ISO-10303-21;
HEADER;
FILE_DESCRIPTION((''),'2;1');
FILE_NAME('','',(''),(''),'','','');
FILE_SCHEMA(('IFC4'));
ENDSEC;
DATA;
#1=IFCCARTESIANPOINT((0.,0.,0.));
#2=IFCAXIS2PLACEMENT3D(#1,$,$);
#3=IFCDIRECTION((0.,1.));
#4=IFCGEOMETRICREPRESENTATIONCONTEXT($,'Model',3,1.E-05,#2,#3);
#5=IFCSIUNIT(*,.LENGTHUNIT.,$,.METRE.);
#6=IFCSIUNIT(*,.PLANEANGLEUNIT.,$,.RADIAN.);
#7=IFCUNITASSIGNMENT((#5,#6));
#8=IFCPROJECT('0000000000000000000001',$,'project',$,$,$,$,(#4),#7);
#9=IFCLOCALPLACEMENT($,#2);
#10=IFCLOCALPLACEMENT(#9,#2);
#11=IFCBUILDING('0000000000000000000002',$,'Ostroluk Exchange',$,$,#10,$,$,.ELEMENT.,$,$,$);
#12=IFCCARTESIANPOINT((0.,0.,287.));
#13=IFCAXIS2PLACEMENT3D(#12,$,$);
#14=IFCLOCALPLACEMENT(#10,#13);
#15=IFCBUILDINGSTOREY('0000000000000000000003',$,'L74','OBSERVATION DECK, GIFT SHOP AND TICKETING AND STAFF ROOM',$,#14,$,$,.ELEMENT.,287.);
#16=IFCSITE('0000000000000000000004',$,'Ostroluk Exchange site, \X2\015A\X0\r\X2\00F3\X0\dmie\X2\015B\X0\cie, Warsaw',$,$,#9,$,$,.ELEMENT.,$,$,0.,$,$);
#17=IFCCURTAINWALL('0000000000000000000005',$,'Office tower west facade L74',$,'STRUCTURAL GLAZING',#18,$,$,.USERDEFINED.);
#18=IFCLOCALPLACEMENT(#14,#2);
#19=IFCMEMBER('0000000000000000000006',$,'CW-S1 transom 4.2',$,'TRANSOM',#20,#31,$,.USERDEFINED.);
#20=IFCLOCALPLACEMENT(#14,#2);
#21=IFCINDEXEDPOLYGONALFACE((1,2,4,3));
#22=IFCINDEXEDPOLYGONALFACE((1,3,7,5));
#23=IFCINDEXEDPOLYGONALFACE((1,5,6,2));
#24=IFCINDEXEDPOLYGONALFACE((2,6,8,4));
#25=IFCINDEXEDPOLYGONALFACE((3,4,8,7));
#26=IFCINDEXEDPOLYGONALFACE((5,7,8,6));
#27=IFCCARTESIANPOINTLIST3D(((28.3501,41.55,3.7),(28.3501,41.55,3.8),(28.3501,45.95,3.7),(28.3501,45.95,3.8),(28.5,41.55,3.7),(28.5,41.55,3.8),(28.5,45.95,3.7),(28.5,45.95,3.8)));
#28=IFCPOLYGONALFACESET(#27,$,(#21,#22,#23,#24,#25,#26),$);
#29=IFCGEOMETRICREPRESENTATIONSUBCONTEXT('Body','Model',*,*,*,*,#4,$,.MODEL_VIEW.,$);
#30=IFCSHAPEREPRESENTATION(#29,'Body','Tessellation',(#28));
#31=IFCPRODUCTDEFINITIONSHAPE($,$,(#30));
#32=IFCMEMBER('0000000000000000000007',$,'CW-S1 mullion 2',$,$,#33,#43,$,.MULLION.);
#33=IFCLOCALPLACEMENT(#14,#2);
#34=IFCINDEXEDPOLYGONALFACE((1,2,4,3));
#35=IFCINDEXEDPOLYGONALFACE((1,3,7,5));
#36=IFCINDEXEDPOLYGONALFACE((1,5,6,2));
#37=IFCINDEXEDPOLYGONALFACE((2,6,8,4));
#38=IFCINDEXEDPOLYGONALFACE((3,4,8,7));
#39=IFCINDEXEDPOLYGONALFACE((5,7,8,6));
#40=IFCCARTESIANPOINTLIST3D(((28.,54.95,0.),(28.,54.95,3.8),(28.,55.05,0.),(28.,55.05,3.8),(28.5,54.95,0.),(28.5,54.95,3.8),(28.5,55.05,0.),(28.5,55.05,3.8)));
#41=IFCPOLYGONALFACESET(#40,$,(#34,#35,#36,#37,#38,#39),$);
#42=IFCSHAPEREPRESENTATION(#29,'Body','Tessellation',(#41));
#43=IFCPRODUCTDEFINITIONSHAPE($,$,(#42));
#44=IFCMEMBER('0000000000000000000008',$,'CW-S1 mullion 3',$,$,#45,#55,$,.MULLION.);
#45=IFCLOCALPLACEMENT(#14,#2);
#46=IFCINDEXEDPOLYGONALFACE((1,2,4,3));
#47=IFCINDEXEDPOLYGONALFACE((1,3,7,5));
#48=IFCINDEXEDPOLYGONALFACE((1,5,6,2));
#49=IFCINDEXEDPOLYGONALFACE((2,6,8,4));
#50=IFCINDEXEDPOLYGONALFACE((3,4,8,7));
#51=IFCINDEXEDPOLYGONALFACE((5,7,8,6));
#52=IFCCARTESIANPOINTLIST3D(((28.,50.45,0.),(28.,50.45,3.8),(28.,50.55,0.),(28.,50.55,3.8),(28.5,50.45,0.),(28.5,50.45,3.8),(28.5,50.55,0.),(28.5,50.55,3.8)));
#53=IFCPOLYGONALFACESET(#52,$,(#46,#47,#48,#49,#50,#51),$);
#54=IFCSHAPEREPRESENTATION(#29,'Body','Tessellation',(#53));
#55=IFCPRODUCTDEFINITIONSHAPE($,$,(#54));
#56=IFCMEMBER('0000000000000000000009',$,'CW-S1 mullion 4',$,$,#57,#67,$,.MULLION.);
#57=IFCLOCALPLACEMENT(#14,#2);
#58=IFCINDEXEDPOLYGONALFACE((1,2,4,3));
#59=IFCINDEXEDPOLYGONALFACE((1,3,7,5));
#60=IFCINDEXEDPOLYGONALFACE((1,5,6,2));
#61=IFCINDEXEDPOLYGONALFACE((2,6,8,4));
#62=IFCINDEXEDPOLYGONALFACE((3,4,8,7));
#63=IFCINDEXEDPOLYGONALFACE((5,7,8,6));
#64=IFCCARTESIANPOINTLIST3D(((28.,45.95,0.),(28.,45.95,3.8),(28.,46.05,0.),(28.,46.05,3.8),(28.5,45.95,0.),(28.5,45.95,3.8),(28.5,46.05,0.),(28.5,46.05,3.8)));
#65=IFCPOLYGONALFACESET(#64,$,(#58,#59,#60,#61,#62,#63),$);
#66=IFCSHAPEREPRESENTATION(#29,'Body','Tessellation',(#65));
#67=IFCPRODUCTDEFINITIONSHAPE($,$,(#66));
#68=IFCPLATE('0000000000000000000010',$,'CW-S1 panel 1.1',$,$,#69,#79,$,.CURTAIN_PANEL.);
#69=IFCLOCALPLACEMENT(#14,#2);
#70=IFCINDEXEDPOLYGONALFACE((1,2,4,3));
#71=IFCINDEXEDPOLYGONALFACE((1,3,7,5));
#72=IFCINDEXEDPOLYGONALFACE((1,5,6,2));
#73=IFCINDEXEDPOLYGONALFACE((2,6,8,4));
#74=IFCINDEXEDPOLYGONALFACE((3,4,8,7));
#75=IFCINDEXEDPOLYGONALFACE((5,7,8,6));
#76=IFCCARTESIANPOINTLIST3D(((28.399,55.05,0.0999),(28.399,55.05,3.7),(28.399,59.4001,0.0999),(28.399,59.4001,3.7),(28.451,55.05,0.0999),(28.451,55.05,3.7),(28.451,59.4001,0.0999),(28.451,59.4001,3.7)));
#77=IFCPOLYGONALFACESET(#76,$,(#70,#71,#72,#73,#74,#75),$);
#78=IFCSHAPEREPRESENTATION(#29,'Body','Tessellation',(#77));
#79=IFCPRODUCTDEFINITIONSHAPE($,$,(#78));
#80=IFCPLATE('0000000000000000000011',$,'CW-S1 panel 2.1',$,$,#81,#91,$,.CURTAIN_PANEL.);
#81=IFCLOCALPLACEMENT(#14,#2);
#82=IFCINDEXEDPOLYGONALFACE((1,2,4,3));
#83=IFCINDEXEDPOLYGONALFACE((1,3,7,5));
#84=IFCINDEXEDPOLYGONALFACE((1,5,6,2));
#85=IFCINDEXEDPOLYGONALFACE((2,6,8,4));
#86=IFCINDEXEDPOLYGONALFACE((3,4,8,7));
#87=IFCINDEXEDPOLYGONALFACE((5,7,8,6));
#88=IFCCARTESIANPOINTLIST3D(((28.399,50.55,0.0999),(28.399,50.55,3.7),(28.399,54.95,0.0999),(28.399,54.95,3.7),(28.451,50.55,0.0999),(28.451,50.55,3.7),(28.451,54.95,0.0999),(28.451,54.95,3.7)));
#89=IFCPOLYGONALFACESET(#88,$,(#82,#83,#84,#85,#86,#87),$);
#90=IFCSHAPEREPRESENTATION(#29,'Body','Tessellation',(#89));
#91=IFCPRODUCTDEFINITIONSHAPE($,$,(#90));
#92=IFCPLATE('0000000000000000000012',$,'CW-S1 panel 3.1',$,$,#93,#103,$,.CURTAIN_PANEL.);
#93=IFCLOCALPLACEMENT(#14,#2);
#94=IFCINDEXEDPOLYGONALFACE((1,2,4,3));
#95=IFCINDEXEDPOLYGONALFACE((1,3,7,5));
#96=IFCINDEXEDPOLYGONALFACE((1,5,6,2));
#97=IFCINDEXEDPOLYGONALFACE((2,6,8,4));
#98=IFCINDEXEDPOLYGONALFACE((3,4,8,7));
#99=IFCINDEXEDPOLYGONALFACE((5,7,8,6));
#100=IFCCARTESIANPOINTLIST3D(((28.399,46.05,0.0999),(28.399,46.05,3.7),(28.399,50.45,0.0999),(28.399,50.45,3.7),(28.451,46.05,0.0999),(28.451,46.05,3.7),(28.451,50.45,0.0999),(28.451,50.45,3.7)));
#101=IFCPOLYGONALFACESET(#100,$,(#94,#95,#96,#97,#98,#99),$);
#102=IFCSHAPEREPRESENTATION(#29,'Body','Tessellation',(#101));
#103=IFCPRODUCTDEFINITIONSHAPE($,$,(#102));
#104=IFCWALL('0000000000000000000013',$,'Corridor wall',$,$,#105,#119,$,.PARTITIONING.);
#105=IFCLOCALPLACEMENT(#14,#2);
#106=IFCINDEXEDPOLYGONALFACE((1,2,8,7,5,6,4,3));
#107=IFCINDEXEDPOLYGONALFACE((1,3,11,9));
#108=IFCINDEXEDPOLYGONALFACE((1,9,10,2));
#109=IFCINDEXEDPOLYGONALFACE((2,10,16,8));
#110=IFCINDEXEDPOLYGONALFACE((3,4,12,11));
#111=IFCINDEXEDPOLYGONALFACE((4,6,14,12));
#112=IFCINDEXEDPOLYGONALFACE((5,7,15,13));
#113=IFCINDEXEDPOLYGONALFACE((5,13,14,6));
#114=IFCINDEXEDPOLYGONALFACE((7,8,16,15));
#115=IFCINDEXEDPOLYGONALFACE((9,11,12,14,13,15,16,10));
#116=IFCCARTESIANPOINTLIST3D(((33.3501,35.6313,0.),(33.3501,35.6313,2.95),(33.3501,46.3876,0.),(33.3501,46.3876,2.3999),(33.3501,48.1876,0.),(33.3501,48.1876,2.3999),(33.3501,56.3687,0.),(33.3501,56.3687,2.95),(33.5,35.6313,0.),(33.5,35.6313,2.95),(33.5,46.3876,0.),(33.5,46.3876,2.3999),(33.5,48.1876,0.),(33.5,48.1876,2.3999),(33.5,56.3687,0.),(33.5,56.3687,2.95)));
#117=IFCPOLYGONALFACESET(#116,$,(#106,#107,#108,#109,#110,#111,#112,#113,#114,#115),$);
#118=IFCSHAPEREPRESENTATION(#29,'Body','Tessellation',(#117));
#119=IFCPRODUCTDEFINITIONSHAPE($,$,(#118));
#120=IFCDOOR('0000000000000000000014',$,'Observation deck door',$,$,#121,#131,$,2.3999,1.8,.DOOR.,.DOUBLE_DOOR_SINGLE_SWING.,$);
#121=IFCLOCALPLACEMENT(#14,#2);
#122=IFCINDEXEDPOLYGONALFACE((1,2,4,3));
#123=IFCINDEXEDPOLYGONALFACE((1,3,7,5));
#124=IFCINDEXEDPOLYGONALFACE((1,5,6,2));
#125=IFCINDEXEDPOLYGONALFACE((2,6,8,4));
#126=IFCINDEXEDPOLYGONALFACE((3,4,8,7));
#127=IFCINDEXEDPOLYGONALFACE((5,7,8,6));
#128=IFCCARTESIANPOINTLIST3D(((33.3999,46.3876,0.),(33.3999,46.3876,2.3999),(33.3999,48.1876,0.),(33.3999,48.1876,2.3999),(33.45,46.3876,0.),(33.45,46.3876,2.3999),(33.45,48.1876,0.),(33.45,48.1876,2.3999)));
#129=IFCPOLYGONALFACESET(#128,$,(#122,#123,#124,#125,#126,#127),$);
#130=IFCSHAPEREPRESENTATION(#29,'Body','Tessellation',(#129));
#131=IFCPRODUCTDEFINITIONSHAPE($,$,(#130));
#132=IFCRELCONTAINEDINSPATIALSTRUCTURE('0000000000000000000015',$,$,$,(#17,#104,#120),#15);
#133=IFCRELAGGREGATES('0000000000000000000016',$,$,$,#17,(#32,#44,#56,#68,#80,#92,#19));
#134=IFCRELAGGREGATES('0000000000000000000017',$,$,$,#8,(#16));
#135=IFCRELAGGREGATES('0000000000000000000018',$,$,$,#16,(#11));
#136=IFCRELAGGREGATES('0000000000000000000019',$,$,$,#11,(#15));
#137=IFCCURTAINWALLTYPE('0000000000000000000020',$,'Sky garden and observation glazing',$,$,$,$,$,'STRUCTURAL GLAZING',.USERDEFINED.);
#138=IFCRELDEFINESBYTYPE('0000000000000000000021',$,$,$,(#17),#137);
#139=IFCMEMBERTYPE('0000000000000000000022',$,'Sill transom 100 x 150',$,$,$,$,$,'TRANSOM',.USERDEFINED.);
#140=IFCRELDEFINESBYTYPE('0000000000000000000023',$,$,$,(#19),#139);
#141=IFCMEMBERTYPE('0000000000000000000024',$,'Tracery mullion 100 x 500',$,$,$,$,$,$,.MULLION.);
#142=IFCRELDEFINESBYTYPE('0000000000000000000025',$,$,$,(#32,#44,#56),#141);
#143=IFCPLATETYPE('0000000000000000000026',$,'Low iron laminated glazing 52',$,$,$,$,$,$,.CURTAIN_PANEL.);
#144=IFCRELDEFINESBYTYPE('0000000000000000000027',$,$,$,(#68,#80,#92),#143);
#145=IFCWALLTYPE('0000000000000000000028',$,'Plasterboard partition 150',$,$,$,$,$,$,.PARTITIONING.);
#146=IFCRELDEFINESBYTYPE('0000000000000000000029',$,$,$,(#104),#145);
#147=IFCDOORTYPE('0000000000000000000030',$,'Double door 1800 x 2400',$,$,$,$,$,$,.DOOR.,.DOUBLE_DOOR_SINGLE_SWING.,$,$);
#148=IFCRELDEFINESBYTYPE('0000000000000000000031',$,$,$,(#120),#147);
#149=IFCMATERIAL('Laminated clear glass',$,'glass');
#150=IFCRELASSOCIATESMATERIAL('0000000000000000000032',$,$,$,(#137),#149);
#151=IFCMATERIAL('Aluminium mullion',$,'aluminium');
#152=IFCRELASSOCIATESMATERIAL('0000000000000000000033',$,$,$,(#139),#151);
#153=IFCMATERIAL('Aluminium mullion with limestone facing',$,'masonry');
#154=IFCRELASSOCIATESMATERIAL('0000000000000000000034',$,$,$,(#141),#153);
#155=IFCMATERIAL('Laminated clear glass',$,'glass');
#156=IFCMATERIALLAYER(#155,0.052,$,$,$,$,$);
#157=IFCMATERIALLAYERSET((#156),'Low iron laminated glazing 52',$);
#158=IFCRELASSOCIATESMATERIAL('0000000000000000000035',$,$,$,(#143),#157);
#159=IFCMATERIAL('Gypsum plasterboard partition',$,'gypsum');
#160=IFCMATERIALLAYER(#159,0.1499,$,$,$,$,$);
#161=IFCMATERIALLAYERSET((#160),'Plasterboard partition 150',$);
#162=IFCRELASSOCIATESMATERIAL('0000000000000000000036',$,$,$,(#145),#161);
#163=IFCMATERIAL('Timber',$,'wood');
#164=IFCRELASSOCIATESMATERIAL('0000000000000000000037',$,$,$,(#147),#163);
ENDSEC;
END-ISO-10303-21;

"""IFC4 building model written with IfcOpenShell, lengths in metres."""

from ifc_helpers import new_model, si_unit, direction, frame, frame_2d, origin, origin_2d, place, context, subcontext, project, spatial, rectangle, extrude, material, layer, layer_set, material_profile, profile_set, type_object, element, fill, aggregate, save


model = new_model("IFC4")

# Units and contexts
model_context = context("Model", 3, precision=1e-05, world=origin(), true_north=direction((0.0, 1.0)))
body_context = subcontext(model_context, "Body", "Model", "MODEL_VIEW")
ifc_project = project(units=[si_unit("LENGTHUNIT", "METRE"), si_unit("PLANEANGLEUNIT", "RADIAN")], contexts=[model_context])

# Site, building, storey
site_placement = place(None, origin())
site = spatial("IfcSite", under=ifc_project, at=site_placement, Name="Ostroluk Exchange site, Śródmieście, Warsaw", CompositionType="ELEMENT", RefElevation=0.0)
building_placement = place(site_placement, origin())
building = spatial("IfcBuilding", under=site, at=building_placement, Name="Ostroluk Exchange", CompositionType="ELEMENT")
storey_placement = place(building_placement, frame((0.0, 0.0, 287.0)))
storey = spatial("IfcBuildingStorey", under=building, at=storey_placement, Name="L74", Description="OBSERVATION DECK, GIFT SHOP AND TICKETING AND STAFF ROOM", CompositionType="ELEMENT", Elevation=287.0)

# Curtain wall, members, plates
ifc_material_1 = material(Name="Laminated clear glass", Category="glass")
curtain_wall_type = type_object("IfcCurtainWallType", Name="Sky garden and observation glazing", ElementType="STRUCTURAL GLAZING", PredefinedType="USERDEFINED", material=ifc_material_1)
curtain_wall_placement = place(storey_placement, origin())
curtain_wall = element("IfcCurtainWall", 1, at=curtain_wall_placement, inside=storey, type_object=curtain_wall_type, Name="Office tower west facade L74", ObjectType="STRUCTURAL GLAZING", PredefinedType="USERDEFINED")
ifc_material_2 = material(Name="Aluminium mullion", Category="aluminium")
ifc_material_profile_1 = material_profile(ifc_material_2, rectangle(XDim=0.1499, YDim=0.1001, at=origin_2d()), Name="Sill transom 100 x 150")
ifc_profile_set_1 = profile_set([ifc_material_profile_1], Name="Aluminium mullion")
member_type_1 = type_object("IfcMemberType", Name="Sill transom 100 x 150", ElementType="TRANSOM", PredefinedType="USERDEFINED", material=ifc_profile_set_1)
member_1_placement = place(storey_placement, frame((28.425, 45.95, 3.75), z_axis=(0.0, -1.0, 0.0), x_axis=(1.0, 0.0, 0.0)))
member_1 = element("IfcMember", 2, at=member_1_placement, type_object=member_type_1, Name="CW-S1 transom 4.2", ObjectType="TRANSOM", PredefinedType="USERDEFINED", context=body_context, shape_type="SweptSolid", body=[
    extrude(rectangle(XDim=0.1499, YDim=0.1001, at=origin_2d()), origin(), (0.0, 0.0, 1.0), 4.3999),
])
ifc_material_3 = material(Name="Aluminium mullion with limestone facing", Category="masonry")
ifc_material_profile_2 = material_profile(ifc_material_3, rectangle(XDim=0.5, YDim=0.1001, at=origin_2d()), Name="Tracery mullion 100 x 500")
ifc_profile_set_2 = profile_set([ifc_material_profile_2], Name="Aluminium mullion with limestone facing")
member_type_2 = type_object("IfcMemberType", Name="Tracery mullion 100 x 500", PredefinedType="MULLION", material=ifc_profile_set_2)
member_2_placement = place(storey_placement, frame((28.25, 55.0, 0.0), z_axis=(0.0, 0.0, 1.0), x_axis=(1.0, 0.0, 0.0)))
member_2 = element("IfcMember", 3, at=member_2_placement, type_object=member_type_2, Name="CW-S1 mullion 2", PredefinedType="MULLION", context=body_context, shape_type="SweptSolid", body=[
    extrude(rectangle(XDim=0.5, YDim=0.1001, at=origin_2d()), origin(), (0.0, 0.0, 1.0), 3.8),
])
member_3_placement = place(storey_placement, frame((28.25, 50.5, 0.0), z_axis=(0.0, 0.0, 1.0), x_axis=(1.0, 0.0, 0.0)))
member_3 = element("IfcMember", 4, at=member_3_placement, type_object=member_type_2, Name="CW-S1 mullion 3", PredefinedType="MULLION", context=body_context, shape_type="SweptSolid", body=[
    extrude(rectangle(XDim=0.5, YDim=0.1001, at=origin_2d()), origin(), (0.0, 0.0, 1.0), 3.8),
])
member_4_placement = place(storey_placement, frame((28.25, 46.0, 0.0), z_axis=(0.0, 0.0, 1.0), x_axis=(1.0, 0.0, 0.0)))
member_4 = element("IfcMember", 5, at=member_4_placement, type_object=member_type_2, Name="CW-S1 mullion 4", PredefinedType="MULLION", context=body_context, shape_type="SweptSolid", body=[
    extrude(rectangle(XDim=0.5, YDim=0.1001, at=origin_2d()), origin(), (0.0, 0.0, 1.0), 3.8),
])
ifc_material_4 = material(Name="Laminated clear glass", Category="glass")
ifc_layer_1 = layer(ifc_material_4, 0.052)
ifc_layer_set_1 = layer_set([ifc_layer_1], Name="Low iron laminated glazing 52")
plate_type = type_object("IfcPlateType", Name="Low iron laminated glazing 52", PredefinedType="CURTAIN_PANEL", material=ifc_layer_set_1)
plate_1_placement = place(storey_placement, frame((28.425, 57.2251, 0.0999), z_axis=(0.0, 0.0, 1.0), x_axis=(0.0, -1.0, 0.0)))
plate_1 = element("IfcPlate", 6, at=plate_1_placement, type_object=plate_type, Name="CW-S1 panel 1.1", PredefinedType="CURTAIN_PANEL", context=body_context, shape_type="SweptSolid", body=[
    extrude(rectangle(XDim=4.3501, YDim=0.052, at=origin_2d()), origin(), (0.0, 0.0, 1.0), 3.6001),
])
plate_2_placement = place(storey_placement, frame((28.425, 52.75, 0.0999), z_axis=(0.0, 0.0, 1.0), x_axis=(0.0, -1.0, 0.0)))
plate_2 = element("IfcPlate", 7, at=plate_2_placement, type_object=plate_type, Name="CW-S1 panel 2.1", PredefinedType="CURTAIN_PANEL", context=body_context, shape_type="SweptSolid", body=[
    extrude(rectangle(XDim=4.3999, YDim=0.052, at=origin_2d()), origin(), (0.0, 0.0, 1.0), 3.6001),
])
plate_3_placement = place(storey_placement, frame((28.425, 48.25, 0.0999), z_axis=(0.0, 0.0, 1.0), x_axis=(0.0, -1.0, 0.0)))
plate_3 = element("IfcPlate", 8, at=plate_3_placement, type_object=plate_type, Name="CW-S1 panel 3.1", PredefinedType="CURTAIN_PANEL", context=body_context, shape_type="SweptSolid", body=[
    extrude(rectangle(XDim=4.3999, YDim=0.052, at=origin_2d()), origin(), (0.0, 0.0, 1.0), 3.6001),
])
aggregate(curtain_wall, [member_2, member_3, member_4, plate_1, plate_2, plate_3, member_1])

# Wall, opening, door
ifc_material_5 = material(Name="Gypsum plasterboard partition", Category="gypsum")
ifc_layer_2 = layer(ifc_material_5, 0.1499)
ifc_layer_set_2 = layer_set([ifc_layer_2], Name="Plasterboard partition 150")
wall_type = type_object("IfcWallType", Name="Plasterboard partition 150", PredefinedType="PARTITIONING", material=ifc_layer_set_2)
wall_placement = place(storey_placement, frame((33.425, 56.3687, 0.0), z_axis=(0.0, 0.0, 1.0), x_axis=(0.0, -1.0, 0.0)))
wall = element("IfcWall", 9, at=wall_placement, inside=storey, type_object=wall_type, Name="Corridor wall", PredefinedType="PARTITIONING", context=body_context, shape_type="SweptSolid", body=[
    extrude(rectangle(XDim=20.7373, YDim=0.1499, at=frame_2d((10.3687, 0.0))), origin(), (0.0, 0.0, 1.0), 2.95),
])
opening_placement = place(wall_placement, frame((8.1812, 0.0, 0.0)))
opening = element("IfcOpeningElement", 10, at=opening_placement, cuts=wall, PredefinedType="OPENING", context=body_context, shape_type="SweptSolid", body=[
    extrude(rectangle(XDim=1.8, YDim=2.3999, at=frame_2d((0.8999, 1.2))), frame((0.0, 0.085, 0.0), z_axis=(0.0, -1.0, 0.0), x_axis=(1.0, 0.0, 0.0)), (0.0, 0.0, 1.0), 0.1699),
])
ifc_material_6 = material(Name="Timber", Category="wood")
door_type = type_object("IfcDoorType", Name="Double door 1800 x 2400", OperationType="DOUBLE_DOOR_SINGLE_SWING", PredefinedType="DOOR", material=ifc_material_6)
door_placement = place(opening_placement, origin())
door = element("IfcDoor", 11, at=door_placement, inside=storey, type_object=door_type, Name="Observation deck door", OperationType="DOUBLE_DOOR_SINGLE_SWING", OverallHeight=2.3999, OverallWidth=1.8, PredefinedType="DOOR", context=body_context, shape_type="SweptSolid", body=[
    extrude(rectangle(XDim=1.8, YDim=2.3999, at=frame_2d((0.8999, 1.2))), frame((0.0, 0.0249, 0.0), z_axis=(0.0, -1.0, 0.0), x_axis=(1.0, 0.0, 0.0)), (0.0, 0.0, 1.0), 0.05),
])
fill(opening, door)

save(model, "model.ifc")
